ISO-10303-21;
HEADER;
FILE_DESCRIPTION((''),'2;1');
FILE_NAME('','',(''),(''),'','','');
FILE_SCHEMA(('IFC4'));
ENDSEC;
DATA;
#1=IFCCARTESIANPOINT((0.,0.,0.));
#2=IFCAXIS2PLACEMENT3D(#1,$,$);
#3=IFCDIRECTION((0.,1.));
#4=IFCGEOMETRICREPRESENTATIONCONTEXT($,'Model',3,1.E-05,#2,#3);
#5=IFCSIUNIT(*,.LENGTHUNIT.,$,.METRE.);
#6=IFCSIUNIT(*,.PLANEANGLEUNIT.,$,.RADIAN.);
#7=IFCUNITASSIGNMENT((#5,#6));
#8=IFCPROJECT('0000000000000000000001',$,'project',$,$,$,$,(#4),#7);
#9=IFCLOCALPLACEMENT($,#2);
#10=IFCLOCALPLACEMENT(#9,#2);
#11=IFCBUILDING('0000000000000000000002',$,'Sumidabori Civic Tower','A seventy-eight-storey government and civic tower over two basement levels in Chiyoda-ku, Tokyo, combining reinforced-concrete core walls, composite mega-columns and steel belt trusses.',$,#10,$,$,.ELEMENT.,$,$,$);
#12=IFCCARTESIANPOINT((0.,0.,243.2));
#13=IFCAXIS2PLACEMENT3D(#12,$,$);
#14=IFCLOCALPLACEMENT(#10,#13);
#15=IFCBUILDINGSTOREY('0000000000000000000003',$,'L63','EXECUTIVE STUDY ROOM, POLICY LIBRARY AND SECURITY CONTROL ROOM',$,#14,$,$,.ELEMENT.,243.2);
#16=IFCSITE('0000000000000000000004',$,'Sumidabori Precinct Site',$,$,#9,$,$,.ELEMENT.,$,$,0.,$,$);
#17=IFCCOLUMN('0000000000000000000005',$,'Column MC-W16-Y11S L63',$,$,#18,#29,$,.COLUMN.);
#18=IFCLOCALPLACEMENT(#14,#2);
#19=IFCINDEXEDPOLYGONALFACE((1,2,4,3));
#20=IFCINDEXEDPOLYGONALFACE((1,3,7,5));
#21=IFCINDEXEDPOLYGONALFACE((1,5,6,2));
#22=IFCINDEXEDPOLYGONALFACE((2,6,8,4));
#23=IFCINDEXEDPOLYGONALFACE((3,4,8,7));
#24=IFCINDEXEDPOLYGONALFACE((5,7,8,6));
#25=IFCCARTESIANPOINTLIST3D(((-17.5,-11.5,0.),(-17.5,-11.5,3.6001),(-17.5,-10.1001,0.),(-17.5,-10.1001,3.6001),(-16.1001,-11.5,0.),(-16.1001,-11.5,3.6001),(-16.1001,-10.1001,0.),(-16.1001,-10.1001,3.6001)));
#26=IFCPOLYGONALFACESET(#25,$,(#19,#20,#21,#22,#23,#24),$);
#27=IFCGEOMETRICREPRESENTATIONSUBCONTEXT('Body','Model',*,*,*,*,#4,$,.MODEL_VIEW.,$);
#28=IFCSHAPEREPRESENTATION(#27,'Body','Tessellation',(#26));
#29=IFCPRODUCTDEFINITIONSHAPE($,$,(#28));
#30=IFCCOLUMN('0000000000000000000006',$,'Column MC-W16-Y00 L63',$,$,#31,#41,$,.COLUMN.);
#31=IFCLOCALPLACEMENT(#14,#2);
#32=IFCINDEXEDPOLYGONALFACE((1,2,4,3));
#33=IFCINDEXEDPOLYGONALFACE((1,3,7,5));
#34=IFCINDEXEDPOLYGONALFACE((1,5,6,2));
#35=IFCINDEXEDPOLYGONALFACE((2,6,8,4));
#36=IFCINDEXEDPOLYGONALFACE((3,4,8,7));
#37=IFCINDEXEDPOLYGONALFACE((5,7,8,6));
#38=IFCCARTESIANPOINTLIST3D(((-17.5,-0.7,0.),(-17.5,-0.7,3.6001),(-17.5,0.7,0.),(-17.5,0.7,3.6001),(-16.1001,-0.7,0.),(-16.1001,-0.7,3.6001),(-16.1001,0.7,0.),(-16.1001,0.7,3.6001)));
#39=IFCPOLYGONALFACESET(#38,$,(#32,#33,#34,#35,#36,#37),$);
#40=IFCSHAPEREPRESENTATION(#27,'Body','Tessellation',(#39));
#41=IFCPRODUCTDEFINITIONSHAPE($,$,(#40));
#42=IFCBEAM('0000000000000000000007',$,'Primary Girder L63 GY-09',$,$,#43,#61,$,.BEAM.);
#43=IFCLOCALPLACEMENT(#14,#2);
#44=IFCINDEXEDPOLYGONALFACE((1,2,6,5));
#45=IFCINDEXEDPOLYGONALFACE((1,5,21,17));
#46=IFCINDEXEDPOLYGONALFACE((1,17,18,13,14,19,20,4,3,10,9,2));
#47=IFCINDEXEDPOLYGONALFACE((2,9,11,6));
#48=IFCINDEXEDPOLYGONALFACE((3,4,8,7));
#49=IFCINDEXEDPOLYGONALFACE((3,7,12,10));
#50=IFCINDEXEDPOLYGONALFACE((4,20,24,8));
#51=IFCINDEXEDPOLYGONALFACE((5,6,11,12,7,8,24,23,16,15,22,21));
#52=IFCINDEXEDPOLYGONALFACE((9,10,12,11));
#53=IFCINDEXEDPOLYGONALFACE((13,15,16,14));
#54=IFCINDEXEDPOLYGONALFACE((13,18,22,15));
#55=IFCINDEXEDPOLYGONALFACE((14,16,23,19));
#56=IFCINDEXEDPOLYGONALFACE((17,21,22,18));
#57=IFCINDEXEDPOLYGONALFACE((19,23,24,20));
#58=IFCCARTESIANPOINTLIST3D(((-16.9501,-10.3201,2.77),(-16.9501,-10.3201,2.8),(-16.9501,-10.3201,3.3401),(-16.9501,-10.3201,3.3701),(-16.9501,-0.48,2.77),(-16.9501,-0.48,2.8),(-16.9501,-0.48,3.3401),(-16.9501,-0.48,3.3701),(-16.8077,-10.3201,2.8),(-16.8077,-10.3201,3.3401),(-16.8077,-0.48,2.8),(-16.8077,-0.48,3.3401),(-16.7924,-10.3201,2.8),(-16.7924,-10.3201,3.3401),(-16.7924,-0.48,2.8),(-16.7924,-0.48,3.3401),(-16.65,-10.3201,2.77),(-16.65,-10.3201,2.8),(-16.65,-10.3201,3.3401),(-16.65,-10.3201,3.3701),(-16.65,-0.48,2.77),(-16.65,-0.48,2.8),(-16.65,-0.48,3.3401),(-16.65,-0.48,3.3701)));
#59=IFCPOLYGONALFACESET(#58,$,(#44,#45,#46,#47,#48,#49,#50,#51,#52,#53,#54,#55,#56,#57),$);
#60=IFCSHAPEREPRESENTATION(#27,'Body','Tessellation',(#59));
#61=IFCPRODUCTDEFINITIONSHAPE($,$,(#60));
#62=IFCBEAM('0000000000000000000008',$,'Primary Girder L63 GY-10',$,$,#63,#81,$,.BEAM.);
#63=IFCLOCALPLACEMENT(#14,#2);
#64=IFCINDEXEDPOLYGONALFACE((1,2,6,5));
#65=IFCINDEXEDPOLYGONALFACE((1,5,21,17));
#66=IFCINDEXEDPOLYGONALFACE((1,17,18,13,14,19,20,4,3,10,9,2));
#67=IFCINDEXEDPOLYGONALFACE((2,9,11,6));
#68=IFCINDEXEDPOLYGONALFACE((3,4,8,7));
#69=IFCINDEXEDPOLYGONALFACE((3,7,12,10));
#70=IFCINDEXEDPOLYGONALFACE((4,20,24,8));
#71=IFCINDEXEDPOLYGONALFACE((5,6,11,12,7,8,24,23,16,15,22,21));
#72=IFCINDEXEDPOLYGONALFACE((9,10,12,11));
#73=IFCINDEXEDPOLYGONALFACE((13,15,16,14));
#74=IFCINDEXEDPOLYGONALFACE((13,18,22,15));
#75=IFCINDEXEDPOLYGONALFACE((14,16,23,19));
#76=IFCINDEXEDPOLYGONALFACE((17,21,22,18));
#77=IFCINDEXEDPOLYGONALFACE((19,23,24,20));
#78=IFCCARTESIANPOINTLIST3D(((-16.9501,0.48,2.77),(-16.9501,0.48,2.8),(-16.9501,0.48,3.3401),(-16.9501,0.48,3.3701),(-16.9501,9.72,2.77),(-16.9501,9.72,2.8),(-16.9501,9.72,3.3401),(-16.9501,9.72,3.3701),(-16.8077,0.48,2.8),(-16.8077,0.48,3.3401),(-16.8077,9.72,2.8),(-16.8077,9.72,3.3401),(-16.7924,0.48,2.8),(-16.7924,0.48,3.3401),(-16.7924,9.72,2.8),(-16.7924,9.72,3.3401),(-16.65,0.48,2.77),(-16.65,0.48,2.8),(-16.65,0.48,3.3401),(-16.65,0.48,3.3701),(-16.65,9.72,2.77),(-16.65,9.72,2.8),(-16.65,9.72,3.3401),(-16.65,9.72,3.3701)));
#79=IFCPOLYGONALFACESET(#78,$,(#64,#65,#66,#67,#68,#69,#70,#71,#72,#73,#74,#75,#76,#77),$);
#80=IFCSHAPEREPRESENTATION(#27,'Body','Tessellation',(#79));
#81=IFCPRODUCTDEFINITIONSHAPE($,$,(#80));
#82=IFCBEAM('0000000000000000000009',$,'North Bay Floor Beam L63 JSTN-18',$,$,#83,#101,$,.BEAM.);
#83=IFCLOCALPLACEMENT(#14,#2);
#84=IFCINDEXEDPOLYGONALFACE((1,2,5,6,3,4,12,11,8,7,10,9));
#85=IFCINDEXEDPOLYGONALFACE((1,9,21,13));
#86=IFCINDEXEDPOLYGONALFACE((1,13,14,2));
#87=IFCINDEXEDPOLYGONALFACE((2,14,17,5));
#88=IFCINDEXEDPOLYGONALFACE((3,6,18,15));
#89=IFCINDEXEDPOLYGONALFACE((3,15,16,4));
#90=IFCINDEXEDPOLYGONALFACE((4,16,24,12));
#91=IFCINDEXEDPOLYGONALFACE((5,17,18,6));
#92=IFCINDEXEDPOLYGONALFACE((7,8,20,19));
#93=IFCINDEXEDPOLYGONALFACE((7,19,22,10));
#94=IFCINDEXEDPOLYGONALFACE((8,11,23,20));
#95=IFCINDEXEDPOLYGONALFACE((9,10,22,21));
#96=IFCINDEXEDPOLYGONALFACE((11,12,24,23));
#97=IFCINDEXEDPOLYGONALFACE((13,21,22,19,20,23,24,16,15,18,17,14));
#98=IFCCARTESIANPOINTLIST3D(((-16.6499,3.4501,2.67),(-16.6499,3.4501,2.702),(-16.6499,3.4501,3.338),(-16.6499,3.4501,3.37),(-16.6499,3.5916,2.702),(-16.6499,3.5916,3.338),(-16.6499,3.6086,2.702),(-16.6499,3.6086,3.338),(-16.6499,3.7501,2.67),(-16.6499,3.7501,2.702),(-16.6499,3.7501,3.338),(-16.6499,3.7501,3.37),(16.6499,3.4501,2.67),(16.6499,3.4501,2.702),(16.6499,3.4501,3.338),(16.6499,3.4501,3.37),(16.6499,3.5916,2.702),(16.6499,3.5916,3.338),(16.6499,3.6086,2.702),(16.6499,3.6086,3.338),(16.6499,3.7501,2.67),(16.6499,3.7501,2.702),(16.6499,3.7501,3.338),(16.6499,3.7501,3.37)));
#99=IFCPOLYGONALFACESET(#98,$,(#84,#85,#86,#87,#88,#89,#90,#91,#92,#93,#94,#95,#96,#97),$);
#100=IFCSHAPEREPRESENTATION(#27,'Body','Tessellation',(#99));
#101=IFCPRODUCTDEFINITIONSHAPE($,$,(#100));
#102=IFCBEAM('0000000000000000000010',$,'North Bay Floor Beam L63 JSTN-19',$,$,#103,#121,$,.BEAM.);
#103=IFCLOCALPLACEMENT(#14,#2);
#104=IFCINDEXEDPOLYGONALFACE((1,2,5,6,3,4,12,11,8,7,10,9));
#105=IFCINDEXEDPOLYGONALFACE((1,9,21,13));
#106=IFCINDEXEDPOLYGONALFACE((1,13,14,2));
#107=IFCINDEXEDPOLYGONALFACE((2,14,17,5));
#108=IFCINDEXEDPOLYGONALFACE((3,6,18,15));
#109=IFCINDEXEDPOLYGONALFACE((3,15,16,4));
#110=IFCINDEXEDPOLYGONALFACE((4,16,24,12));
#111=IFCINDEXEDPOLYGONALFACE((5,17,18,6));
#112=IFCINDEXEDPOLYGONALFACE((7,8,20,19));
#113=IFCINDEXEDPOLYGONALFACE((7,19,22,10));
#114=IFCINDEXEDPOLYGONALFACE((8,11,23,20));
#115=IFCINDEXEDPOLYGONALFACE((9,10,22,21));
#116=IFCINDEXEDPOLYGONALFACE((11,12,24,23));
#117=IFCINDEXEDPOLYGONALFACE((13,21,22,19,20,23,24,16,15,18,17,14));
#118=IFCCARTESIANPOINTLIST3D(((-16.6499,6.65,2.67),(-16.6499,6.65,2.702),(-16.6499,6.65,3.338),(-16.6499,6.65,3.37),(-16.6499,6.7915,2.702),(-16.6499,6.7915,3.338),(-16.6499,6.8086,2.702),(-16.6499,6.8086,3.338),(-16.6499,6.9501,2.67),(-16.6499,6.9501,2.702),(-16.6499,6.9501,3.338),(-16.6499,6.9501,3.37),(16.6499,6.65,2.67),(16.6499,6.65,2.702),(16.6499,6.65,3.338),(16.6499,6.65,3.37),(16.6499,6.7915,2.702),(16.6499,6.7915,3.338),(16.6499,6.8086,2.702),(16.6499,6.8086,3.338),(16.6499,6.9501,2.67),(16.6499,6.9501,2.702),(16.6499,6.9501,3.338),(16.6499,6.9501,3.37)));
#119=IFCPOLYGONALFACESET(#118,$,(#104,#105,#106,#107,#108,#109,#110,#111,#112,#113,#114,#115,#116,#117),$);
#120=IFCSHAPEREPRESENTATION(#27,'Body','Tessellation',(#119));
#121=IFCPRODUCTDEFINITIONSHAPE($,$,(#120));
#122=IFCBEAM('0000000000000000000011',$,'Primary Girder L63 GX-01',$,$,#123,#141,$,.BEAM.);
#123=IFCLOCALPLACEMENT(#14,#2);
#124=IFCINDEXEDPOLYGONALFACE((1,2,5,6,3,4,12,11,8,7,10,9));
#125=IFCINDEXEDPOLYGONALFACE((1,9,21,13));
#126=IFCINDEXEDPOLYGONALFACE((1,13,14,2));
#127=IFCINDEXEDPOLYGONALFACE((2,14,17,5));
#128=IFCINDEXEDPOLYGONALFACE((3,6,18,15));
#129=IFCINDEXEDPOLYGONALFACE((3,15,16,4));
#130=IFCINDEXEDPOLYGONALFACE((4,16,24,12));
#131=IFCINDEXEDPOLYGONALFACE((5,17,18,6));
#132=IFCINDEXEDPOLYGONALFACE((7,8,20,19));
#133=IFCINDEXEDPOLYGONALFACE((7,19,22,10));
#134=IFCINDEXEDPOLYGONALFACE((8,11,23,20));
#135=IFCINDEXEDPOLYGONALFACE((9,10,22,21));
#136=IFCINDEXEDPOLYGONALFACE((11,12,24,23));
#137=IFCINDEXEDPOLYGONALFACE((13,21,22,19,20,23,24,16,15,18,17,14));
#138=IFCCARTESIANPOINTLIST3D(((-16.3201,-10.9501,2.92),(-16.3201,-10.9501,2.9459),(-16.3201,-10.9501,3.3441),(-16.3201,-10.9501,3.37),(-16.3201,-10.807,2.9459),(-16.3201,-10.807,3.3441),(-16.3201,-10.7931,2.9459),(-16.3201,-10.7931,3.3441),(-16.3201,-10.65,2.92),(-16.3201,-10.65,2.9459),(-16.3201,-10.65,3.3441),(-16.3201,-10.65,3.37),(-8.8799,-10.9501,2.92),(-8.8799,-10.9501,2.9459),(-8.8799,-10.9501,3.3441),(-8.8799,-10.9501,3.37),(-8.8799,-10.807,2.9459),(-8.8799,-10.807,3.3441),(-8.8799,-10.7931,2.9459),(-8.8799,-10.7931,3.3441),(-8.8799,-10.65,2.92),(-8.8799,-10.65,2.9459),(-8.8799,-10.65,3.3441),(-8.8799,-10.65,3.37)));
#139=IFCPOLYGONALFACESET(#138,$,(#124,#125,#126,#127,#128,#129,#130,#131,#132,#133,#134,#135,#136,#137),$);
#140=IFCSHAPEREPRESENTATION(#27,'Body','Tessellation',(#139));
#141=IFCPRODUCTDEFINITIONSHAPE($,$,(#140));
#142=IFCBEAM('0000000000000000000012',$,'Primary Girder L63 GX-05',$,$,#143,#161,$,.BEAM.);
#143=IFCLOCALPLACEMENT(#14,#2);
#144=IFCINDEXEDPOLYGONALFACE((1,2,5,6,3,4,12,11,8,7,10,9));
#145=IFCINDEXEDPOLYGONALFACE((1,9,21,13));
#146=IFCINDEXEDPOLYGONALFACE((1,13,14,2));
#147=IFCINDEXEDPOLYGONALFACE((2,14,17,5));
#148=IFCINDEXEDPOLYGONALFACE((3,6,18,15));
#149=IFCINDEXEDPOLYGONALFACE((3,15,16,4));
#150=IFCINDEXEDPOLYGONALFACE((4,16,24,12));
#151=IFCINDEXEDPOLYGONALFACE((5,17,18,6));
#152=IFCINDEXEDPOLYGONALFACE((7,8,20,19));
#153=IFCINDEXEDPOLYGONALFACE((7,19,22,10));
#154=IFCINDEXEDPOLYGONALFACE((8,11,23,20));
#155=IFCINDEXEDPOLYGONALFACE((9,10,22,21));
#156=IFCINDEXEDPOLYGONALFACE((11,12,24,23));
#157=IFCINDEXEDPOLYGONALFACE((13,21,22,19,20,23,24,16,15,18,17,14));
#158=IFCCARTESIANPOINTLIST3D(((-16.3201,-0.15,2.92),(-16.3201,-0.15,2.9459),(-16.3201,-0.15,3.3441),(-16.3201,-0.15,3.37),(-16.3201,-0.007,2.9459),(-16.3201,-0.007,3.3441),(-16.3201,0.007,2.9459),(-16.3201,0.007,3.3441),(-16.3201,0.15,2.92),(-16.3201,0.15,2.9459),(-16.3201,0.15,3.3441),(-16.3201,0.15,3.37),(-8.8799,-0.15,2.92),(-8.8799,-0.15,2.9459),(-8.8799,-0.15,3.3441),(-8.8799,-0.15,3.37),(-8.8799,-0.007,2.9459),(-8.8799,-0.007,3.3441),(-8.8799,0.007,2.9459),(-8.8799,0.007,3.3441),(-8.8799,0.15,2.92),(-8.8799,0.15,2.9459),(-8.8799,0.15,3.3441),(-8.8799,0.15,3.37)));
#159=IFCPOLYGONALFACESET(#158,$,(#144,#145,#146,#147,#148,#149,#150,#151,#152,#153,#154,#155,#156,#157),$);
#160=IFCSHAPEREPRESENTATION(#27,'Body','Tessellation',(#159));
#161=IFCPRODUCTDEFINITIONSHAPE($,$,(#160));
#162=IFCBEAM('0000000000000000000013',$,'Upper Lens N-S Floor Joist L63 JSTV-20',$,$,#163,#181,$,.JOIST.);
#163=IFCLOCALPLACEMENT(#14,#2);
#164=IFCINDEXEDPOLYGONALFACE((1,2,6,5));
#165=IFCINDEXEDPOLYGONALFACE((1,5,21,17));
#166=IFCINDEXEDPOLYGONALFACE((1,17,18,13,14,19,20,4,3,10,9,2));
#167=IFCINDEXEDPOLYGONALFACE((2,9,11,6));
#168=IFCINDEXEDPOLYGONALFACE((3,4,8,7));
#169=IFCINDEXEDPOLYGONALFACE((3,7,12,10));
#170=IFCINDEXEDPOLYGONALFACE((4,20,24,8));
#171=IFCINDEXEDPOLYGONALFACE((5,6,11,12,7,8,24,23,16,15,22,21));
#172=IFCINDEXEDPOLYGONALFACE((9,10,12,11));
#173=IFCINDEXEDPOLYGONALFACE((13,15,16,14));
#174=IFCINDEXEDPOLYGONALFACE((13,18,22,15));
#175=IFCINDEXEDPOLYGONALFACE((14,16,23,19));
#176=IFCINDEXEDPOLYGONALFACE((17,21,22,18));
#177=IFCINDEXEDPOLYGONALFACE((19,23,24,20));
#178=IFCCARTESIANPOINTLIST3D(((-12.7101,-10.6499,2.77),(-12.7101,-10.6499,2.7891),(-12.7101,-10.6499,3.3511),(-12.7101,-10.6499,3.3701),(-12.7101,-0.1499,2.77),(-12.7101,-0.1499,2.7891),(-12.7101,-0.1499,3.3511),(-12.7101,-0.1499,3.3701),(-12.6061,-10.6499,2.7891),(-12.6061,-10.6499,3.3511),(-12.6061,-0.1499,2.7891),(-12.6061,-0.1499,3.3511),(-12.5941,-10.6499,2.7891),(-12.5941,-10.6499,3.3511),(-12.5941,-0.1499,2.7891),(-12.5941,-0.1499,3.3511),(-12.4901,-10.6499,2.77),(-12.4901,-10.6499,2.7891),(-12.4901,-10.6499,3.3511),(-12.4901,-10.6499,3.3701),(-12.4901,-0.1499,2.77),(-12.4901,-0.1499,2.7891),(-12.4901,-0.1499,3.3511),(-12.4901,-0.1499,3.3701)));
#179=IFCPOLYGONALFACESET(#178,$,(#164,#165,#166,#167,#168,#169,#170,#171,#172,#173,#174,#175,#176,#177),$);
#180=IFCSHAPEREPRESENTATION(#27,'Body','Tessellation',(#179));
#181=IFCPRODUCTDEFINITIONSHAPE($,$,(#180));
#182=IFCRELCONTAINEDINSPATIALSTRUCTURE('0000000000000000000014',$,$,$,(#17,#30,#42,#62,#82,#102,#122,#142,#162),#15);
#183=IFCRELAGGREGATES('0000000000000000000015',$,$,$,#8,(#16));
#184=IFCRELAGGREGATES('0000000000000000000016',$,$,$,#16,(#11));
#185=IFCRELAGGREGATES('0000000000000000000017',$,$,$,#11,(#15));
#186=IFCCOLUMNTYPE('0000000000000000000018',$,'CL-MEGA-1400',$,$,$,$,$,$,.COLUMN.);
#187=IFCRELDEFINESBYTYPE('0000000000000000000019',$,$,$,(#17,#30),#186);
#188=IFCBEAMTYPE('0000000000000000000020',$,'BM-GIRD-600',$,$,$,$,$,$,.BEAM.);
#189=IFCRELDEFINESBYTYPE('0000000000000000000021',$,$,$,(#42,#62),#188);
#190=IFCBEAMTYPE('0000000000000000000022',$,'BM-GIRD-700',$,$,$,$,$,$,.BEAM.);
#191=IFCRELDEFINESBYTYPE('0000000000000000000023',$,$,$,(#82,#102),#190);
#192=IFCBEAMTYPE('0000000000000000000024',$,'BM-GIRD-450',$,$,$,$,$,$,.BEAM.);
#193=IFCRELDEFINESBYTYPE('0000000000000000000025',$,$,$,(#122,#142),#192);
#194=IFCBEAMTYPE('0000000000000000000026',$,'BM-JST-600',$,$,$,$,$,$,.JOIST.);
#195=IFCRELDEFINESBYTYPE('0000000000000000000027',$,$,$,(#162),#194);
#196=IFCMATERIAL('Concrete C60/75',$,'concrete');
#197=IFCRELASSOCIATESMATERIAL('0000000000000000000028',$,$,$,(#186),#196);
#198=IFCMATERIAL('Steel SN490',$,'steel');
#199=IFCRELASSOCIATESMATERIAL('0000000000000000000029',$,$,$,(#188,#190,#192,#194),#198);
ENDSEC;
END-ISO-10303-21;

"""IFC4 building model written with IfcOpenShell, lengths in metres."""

from ifc_helpers import new_model, si_unit, direction, frame, origin, origin_2d, place, context, subcontext, project, spatial, rectangle, i_section, extrude, source, transform, mapped, material, material_profile, profile_set, type_object, element, save


model = new_model("IFC4")

# Units and contexts
model_context = context("Model", 3, precision=1e-05, world=origin(), true_north=direction((0.0, 1.0)))
body_context = subcontext(model_context, "Body", "Model", "MODEL_VIEW")
ifc_project = project(units=[si_unit("LENGTHUNIT", "METRE"), si_unit("PLANEANGLEUNIT", "RADIAN")], contexts=[model_context])

# Site, building, storey
site_placement = place(None, origin())
site = spatial("IfcSite", under=ifc_project, at=site_placement, Name="Sumidabori Precinct Site", CompositionType="ELEMENT", RefElevation=0.0)
building_placement = place(site_placement, origin())
building = spatial("IfcBuilding", under=site, at=building_placement, Name="Sumidabori Civic Tower", Description="A seventy-eight-storey government and civic tower over two basement levels in Chiyoda-ku, Tokyo, combining reinforced-concrete core walls, composite mega-columns and steel belt trusses.", CompositionType="ELEMENT")
storey_placement = place(building_placement, frame((0.0, 0.0, 243.2)))
storey = spatial("IfcBuildingStorey", under=building, at=storey_placement, Name="L63", Description="EXECUTIVE STUDY ROOM, POLICY LIBRARY AND SECURITY CONTROL ROOM", CompositionType="ELEMENT", Elevation=243.2)

# Columns
ifc_material_1 = material(Name="Concrete C60/75", Category="concrete")
ifc_material_profile_1 = material_profile(ifc_material_1, rectangle(XDim=1.3999, YDim=1.3999, at=origin_2d()), Name="RC 1400x1400")
ifc_profile_set_1 = profile_set([ifc_material_profile_1], Name="Concrete C60/75")
column_type = type_object("IfcColumnType", Name="CL-MEGA-1400", PredefinedType="COLUMN", material=ifc_profile_set_1)
shared_shape_1 = source(origin(), body_context, "Body", "SweptSolid", [
    extrude(rectangle(XDim=1.3999, YDim=1.3999, at=origin_2d()), origin(), (0.0, 0.0, 1.0), 3.6001),
])
for number, where, z_axis, x_axis, name in (
    (1, (-16.8, -10.8, 0.0), (0.0, 0.0, 1.0), (1.0, 0.0, 0.0), "Column MC-W16-Y11S L63"),
    (2, (-16.8, 0.0, 0.0), (0.0, 0.0, 1.0), (1.0, 0.0, 0.0), "Column MC-W16-Y00 L63"),
):
    element("IfcColumn", number, at=place(storey_placement, frame(where, z_axis=z_axis, x_axis=x_axis)), inside=storey, type_object=column_type, Name=name, PredefinedType="COLUMN", context=body_context, shape_type="MappedRepresentation", body=[
        mapped(shared_shape_1, transform((0.0, 0.0, 0.0), x_axis=(1.0, 0.0, 0.0), y_axis=(0.0, 1.0, 0.0), z_axis=(0.0, 0.0, 1.0), scale=1.0)),
    ])

# Beams
ifc_material_2 = material(Name="Steel SN490", Category="steel")
ifc_material_profile_2 = material_profile(ifc_material_2, i_section(OverallWidth=0.3, OverallDepth=0.6001, WebThickness=0.0154, FlangeThickness=0.03, at=origin_2d()), Name="HE 600 B")
ifc_profile_set_2 = profile_set([ifc_material_profile_2], Name="Steel SN490")
beam_type_1 = type_object("IfcBeamType", Name="BM-GIRD-600", PredefinedType="BEAM", material=ifc_profile_set_2)
shared_shape_2 = source(origin(), body_context, "Body", "SweptSolid", [
    extrude(i_section(OverallWidth=0.3, OverallDepth=0.6001, WebThickness=0.0154, FlangeThickness=0.03, at=origin_2d()), origin(), (0.0, 0.0, 1.0), 9.8401),
])
beam_1_placement = place(storey_placement, frame((-16.8, -10.3201, 3.0701), z_axis=(0.0, 1.0, 0.0), x_axis=(-1.0, 0.0, 0.0)))
element("IfcBeam", 3, at=beam_1_placement, inside=storey, type_object=beam_type_1, Name="Primary Girder L63 GY-09", PredefinedType="BEAM", context=body_context, shape_type="MappedRepresentation", body=[
    mapped(shared_shape_2, transform((0.0, 0.0, 0.0), x_axis=(1.0, 0.0, 0.0), y_axis=(0.0, 1.0, 0.0), z_axis=(0.0, 0.0, 1.0), scale=1.0)),
])
shared_shape_3 = source(origin(), body_context, "Body", "SweptSolid", [
    extrude(i_section(OverallWidth=0.3, OverallDepth=0.6001, WebThickness=0.0154, FlangeThickness=0.03, at=origin_2d()), origin(), (0.0, 0.0, 1.0), 9.24),
])
beam_2_placement = place(storey_placement, frame((-16.8, 0.48, 3.0701), z_axis=(0.0, 1.0, 0.0), x_axis=(-1.0, 0.0, 0.0)))
element("IfcBeam", 4, at=beam_2_placement, inside=storey, type_object=beam_type_1, Name="Primary Girder L63 GY-10", PredefinedType="BEAM", context=body_context, shape_type="MappedRepresentation", body=[
    mapped(shared_shape_3, transform((0.0, 0.0, 0.0), x_axis=(1.0, 0.0, 0.0), y_axis=(0.0, 1.0, 0.0), z_axis=(0.0, 0.0, 1.0), scale=1.0)),
])
ifc_material_profile_3 = material_profile(ifc_material_2, i_section(OverallWidth=0.3, OverallDepth=0.7, WebThickness=0.0171, FlangeThickness=0.032, at=origin_2d()), Name="HE 700 B")
ifc_profile_set_3 = profile_set([ifc_material_profile_3], Name="Steel SN490")
beam_type_2 = type_object("IfcBeamType", Name="BM-GIRD-700", PredefinedType="BEAM", material=ifc_profile_set_3)
shared_shape_4 = source(origin(), body_context, "Body", "SweptSolid", [
    extrude(i_section(OverallWidth=0.3, OverallDepth=0.7, WebThickness=0.0171, FlangeThickness=0.032, at=origin_2d()), origin(), (0.0, 0.0, 1.0), 33.2998),
])
for number, where, z_axis, x_axis, name in (
    (5, (-16.6499, 3.6001, 3.02), (1.0, 0.0, 0.0), (0.0, 1.0, 0.0), "North Bay Floor Beam L63 JSTN-18"),
    (6, (-16.6499, 6.8, 3.02), (1.0, 0.0, 0.0), (0.0, 1.0, 0.0), "North Bay Floor Beam L63 JSTN-19"),
):
    element("IfcBeam", number, at=place(storey_placement, frame(where, z_axis=z_axis, x_axis=x_axis)), inside=storey, type_object=beam_type_2, Name=name, PredefinedType="BEAM", context=body_context, shape_type="MappedRepresentation", body=[
        mapped(shared_shape_4, transform((0.0, 0.0, 0.0), x_axis=(1.0, 0.0, 0.0), y_axis=(0.0, 1.0, 0.0), z_axis=(0.0, 0.0, 1.0), scale=1.0)),
    ])
ifc_material_profile_4 = material_profile(ifc_material_2, i_section(OverallWidth=0.3, OverallDepth=0.45, WebThickness=0.0139, FlangeThickness=0.0259, at=origin_2d()), Name="HE 450 B")
ifc_profile_set_4 = profile_set([ifc_material_profile_4], Name="Steel SN490")
beam_type_3 = type_object("IfcBeamType", Name="BM-GIRD-450", PredefinedType="BEAM", material=ifc_profile_set_4)
shared_shape_5 = source(origin(), body_context, "Body", "SweptSolid", [
    extrude(i_section(OverallWidth=0.3, OverallDepth=0.45, WebThickness=0.0139, FlangeThickness=0.0259, at=origin_2d()), origin(), (0.0, 0.0, 1.0), 7.4402),
])
for number, where, z_axis, x_axis, name in (
    (7, (-16.3201, -10.8, 3.145), (1.0, 0.0, 0.0), (0.0, 1.0, 0.0), "Primary Girder L63 GX-01"),
    (8, (-16.3201, 0.0, 3.145), (1.0, 0.0, 0.0), (0.0, 1.0, 0.0), "Primary Girder L63 GX-05"),
):
    element("IfcBeam", number, at=place(storey_placement, frame(where, z_axis=z_axis, x_axis=x_axis)), inside=storey, type_object=beam_type_3, Name=name, PredefinedType="BEAM", context=body_context, shape_type="MappedRepresentation", body=[
        mapped(shared_shape_5, transform((0.0, 0.0, 0.0), x_axis=(1.0, 0.0, 0.0), y_axis=(0.0, 1.0, 0.0), z_axis=(0.0, 0.0, 1.0), scale=1.0)),
    ])
ifc_material_profile_5 = material_profile(ifc_material_2, i_section(OverallWidth=0.22, OverallDepth=0.6001, WebThickness=0.012, FlangeThickness=0.019, at=origin_2d()), Name="IPE 600")
ifc_profile_set_5 = profile_set([ifc_material_profile_5], Name="Steel SN490")
beam_type_4 = type_object("IfcBeamType", Name="BM-JST-600", PredefinedType="JOIST", material=ifc_profile_set_5)
shared_shape_6 = source(origin(), body_context, "Body", "SweptSolid", [
    extrude(i_section(OverallWidth=0.22, OverallDepth=0.6001, WebThickness=0.012, FlangeThickness=0.019, at=origin_2d()), origin(), (0.0, 0.0, 1.0), 10.5),
])
beam_3_placement = place(storey_placement, frame((-12.6001, -10.6499, 3.0701), z_axis=(0.0, 1.0, 0.0), x_axis=(-1.0, 0.0, 0.0)))
element("IfcBeam", 9, at=beam_3_placement, inside=storey, type_object=beam_type_4, Name="Upper Lens N-S Floor Joist L63 JSTV-20", PredefinedType="JOIST", context=body_context, shape_type="MappedRepresentation", body=[
    mapped(shared_shape_6, transform((0.0, 0.0, 0.0), x_axis=(1.0, 0.0, 0.0), y_axis=(0.0, 1.0, 0.0), z_axis=(0.0, 0.0, 1.0), scale=1.0)),
])

save(model, "model.ifc")
